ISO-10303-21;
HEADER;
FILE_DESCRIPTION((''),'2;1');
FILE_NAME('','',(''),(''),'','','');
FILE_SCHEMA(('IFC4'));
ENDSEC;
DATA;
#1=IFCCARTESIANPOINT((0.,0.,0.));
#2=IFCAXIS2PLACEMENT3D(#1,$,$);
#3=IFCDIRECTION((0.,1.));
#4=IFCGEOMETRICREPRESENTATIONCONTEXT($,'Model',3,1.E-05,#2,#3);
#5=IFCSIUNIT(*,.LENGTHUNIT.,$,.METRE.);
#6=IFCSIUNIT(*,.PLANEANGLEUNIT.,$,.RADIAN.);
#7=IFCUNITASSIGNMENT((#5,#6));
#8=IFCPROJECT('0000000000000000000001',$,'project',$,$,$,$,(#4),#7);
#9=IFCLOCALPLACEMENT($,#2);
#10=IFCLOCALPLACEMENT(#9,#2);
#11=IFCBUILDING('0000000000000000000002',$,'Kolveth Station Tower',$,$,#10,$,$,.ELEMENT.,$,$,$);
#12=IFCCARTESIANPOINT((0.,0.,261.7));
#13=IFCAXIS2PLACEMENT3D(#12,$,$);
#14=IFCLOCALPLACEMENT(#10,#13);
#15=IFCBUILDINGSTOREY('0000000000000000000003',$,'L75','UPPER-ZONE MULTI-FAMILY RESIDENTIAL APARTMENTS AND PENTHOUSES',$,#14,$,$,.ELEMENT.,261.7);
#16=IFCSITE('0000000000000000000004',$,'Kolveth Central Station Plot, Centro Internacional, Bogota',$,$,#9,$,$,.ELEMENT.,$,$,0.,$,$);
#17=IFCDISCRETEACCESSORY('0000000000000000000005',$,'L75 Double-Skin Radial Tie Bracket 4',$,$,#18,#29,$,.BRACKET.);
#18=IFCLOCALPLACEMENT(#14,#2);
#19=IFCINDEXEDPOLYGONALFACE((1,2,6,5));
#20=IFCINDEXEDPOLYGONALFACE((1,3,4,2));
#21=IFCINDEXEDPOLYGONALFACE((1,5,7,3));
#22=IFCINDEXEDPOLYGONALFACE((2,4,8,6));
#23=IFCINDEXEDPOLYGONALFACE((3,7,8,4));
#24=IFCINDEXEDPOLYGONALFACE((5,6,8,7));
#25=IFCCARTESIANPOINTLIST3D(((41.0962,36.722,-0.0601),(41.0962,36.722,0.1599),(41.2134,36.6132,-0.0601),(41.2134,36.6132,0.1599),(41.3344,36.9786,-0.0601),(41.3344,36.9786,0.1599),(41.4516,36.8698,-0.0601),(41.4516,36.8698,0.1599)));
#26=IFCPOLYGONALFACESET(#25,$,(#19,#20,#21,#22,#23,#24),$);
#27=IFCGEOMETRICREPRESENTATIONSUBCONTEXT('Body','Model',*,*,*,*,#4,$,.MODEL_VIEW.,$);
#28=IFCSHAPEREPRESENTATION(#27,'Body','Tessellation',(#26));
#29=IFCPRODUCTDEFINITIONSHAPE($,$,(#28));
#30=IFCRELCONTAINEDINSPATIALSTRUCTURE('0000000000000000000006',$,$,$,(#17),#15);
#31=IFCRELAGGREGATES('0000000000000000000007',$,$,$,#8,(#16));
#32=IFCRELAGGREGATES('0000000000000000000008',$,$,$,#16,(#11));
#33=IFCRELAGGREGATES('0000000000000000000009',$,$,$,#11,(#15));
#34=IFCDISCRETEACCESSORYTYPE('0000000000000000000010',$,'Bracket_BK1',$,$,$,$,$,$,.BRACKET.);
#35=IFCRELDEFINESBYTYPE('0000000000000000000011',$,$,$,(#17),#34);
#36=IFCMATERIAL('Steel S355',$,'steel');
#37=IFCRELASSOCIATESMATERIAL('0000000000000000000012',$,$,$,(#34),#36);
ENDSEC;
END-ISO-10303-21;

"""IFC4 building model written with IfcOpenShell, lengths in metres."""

from ifc_helpers import new_model, si_unit, direction, frame, origin, origin_2d, place, context, subcontext, project, spatial, rectangle, extrude, source, transform, mapped, material, type_object, element, save


model = new_model("IFC4")

# Units and contexts
model_context = context("Model", 3, precision=1e-05, world=origin(), true_north=direction((0.0, 1.0)))
body_context = subcontext(model_context, "Body", "Model", "MODEL_VIEW")
ifc_project = project(units=[si_unit("LENGTHUNIT", "METRE"), si_unit("PLANEANGLEUNIT", "RADIAN")], contexts=[model_context])

# Site, building, storey
site_placement = place(None, origin())
site = spatial("IfcSite", under=ifc_project, at=site_placement, Name="Kolveth Central Station Plot, Centro Internacional, Bogota", CompositionType="ELEMENT", RefElevation=0.0)
building_placement = place(site_placement, origin())
building = spatial("IfcBuilding", under=site, at=building_placement, Name="Kolveth Station Tower", CompositionType="ELEMENT")
storey_placement = place(building_placement, frame((0.0, 0.0, 261.7)))
storey = spatial("IfcBuildingStorey", under=building, at=storey_placement, Name="L75", Description="UPPER-ZONE MULTI-FAMILY RESIDENTIAL APARTMENTS AND PENTHOUSES", CompositionType="ELEMENT", Elevation=261.7)

# Shared definitions
ifc_material_1 = material(Name="Steel S355", Category="steel")

# Discrete accessory
discrete_accessory_type = type_object("IfcDiscreteAccessoryType", Name="Bracket_BK1", PredefinedType="BRACKET", material=ifc_material_1)
shared_shape_1 = source(origin(), body_context, "Body", "SweptSolid", [
    extrude(rectangle(XDim=0.3501, YDim=0.1599, at=origin_2d()), origin(), (0.0, 0.0, 1.0), 0.22),
])
discrete_accessory_placement = place(storey_placement, frame((41.2739, 36.7959, -0.0601), z_axis=(0.0, 0.0, 1.0), x_axis=(0.680337, 0.732899, 0.0)))
element("IfcDiscreteAccessory", 1, at=discrete_accessory_placement, inside=storey, type_object=discrete_accessory_type, Name="L75 Double-Skin Radial Tie Bracket 4", PredefinedType="BRACKET", context=body_context, shape_type="MappedRepresentation", body=[
    mapped(shared_shape_1, transform((0.0, 0.0, 0.0), x_axis=(1.0, 0.0, 0.0), y_axis=(0.0, 1.0, 0.0), z_axis=(0.0, 0.0, 1.0), scale=1.0)),
])

save(model, "model.ifc")
